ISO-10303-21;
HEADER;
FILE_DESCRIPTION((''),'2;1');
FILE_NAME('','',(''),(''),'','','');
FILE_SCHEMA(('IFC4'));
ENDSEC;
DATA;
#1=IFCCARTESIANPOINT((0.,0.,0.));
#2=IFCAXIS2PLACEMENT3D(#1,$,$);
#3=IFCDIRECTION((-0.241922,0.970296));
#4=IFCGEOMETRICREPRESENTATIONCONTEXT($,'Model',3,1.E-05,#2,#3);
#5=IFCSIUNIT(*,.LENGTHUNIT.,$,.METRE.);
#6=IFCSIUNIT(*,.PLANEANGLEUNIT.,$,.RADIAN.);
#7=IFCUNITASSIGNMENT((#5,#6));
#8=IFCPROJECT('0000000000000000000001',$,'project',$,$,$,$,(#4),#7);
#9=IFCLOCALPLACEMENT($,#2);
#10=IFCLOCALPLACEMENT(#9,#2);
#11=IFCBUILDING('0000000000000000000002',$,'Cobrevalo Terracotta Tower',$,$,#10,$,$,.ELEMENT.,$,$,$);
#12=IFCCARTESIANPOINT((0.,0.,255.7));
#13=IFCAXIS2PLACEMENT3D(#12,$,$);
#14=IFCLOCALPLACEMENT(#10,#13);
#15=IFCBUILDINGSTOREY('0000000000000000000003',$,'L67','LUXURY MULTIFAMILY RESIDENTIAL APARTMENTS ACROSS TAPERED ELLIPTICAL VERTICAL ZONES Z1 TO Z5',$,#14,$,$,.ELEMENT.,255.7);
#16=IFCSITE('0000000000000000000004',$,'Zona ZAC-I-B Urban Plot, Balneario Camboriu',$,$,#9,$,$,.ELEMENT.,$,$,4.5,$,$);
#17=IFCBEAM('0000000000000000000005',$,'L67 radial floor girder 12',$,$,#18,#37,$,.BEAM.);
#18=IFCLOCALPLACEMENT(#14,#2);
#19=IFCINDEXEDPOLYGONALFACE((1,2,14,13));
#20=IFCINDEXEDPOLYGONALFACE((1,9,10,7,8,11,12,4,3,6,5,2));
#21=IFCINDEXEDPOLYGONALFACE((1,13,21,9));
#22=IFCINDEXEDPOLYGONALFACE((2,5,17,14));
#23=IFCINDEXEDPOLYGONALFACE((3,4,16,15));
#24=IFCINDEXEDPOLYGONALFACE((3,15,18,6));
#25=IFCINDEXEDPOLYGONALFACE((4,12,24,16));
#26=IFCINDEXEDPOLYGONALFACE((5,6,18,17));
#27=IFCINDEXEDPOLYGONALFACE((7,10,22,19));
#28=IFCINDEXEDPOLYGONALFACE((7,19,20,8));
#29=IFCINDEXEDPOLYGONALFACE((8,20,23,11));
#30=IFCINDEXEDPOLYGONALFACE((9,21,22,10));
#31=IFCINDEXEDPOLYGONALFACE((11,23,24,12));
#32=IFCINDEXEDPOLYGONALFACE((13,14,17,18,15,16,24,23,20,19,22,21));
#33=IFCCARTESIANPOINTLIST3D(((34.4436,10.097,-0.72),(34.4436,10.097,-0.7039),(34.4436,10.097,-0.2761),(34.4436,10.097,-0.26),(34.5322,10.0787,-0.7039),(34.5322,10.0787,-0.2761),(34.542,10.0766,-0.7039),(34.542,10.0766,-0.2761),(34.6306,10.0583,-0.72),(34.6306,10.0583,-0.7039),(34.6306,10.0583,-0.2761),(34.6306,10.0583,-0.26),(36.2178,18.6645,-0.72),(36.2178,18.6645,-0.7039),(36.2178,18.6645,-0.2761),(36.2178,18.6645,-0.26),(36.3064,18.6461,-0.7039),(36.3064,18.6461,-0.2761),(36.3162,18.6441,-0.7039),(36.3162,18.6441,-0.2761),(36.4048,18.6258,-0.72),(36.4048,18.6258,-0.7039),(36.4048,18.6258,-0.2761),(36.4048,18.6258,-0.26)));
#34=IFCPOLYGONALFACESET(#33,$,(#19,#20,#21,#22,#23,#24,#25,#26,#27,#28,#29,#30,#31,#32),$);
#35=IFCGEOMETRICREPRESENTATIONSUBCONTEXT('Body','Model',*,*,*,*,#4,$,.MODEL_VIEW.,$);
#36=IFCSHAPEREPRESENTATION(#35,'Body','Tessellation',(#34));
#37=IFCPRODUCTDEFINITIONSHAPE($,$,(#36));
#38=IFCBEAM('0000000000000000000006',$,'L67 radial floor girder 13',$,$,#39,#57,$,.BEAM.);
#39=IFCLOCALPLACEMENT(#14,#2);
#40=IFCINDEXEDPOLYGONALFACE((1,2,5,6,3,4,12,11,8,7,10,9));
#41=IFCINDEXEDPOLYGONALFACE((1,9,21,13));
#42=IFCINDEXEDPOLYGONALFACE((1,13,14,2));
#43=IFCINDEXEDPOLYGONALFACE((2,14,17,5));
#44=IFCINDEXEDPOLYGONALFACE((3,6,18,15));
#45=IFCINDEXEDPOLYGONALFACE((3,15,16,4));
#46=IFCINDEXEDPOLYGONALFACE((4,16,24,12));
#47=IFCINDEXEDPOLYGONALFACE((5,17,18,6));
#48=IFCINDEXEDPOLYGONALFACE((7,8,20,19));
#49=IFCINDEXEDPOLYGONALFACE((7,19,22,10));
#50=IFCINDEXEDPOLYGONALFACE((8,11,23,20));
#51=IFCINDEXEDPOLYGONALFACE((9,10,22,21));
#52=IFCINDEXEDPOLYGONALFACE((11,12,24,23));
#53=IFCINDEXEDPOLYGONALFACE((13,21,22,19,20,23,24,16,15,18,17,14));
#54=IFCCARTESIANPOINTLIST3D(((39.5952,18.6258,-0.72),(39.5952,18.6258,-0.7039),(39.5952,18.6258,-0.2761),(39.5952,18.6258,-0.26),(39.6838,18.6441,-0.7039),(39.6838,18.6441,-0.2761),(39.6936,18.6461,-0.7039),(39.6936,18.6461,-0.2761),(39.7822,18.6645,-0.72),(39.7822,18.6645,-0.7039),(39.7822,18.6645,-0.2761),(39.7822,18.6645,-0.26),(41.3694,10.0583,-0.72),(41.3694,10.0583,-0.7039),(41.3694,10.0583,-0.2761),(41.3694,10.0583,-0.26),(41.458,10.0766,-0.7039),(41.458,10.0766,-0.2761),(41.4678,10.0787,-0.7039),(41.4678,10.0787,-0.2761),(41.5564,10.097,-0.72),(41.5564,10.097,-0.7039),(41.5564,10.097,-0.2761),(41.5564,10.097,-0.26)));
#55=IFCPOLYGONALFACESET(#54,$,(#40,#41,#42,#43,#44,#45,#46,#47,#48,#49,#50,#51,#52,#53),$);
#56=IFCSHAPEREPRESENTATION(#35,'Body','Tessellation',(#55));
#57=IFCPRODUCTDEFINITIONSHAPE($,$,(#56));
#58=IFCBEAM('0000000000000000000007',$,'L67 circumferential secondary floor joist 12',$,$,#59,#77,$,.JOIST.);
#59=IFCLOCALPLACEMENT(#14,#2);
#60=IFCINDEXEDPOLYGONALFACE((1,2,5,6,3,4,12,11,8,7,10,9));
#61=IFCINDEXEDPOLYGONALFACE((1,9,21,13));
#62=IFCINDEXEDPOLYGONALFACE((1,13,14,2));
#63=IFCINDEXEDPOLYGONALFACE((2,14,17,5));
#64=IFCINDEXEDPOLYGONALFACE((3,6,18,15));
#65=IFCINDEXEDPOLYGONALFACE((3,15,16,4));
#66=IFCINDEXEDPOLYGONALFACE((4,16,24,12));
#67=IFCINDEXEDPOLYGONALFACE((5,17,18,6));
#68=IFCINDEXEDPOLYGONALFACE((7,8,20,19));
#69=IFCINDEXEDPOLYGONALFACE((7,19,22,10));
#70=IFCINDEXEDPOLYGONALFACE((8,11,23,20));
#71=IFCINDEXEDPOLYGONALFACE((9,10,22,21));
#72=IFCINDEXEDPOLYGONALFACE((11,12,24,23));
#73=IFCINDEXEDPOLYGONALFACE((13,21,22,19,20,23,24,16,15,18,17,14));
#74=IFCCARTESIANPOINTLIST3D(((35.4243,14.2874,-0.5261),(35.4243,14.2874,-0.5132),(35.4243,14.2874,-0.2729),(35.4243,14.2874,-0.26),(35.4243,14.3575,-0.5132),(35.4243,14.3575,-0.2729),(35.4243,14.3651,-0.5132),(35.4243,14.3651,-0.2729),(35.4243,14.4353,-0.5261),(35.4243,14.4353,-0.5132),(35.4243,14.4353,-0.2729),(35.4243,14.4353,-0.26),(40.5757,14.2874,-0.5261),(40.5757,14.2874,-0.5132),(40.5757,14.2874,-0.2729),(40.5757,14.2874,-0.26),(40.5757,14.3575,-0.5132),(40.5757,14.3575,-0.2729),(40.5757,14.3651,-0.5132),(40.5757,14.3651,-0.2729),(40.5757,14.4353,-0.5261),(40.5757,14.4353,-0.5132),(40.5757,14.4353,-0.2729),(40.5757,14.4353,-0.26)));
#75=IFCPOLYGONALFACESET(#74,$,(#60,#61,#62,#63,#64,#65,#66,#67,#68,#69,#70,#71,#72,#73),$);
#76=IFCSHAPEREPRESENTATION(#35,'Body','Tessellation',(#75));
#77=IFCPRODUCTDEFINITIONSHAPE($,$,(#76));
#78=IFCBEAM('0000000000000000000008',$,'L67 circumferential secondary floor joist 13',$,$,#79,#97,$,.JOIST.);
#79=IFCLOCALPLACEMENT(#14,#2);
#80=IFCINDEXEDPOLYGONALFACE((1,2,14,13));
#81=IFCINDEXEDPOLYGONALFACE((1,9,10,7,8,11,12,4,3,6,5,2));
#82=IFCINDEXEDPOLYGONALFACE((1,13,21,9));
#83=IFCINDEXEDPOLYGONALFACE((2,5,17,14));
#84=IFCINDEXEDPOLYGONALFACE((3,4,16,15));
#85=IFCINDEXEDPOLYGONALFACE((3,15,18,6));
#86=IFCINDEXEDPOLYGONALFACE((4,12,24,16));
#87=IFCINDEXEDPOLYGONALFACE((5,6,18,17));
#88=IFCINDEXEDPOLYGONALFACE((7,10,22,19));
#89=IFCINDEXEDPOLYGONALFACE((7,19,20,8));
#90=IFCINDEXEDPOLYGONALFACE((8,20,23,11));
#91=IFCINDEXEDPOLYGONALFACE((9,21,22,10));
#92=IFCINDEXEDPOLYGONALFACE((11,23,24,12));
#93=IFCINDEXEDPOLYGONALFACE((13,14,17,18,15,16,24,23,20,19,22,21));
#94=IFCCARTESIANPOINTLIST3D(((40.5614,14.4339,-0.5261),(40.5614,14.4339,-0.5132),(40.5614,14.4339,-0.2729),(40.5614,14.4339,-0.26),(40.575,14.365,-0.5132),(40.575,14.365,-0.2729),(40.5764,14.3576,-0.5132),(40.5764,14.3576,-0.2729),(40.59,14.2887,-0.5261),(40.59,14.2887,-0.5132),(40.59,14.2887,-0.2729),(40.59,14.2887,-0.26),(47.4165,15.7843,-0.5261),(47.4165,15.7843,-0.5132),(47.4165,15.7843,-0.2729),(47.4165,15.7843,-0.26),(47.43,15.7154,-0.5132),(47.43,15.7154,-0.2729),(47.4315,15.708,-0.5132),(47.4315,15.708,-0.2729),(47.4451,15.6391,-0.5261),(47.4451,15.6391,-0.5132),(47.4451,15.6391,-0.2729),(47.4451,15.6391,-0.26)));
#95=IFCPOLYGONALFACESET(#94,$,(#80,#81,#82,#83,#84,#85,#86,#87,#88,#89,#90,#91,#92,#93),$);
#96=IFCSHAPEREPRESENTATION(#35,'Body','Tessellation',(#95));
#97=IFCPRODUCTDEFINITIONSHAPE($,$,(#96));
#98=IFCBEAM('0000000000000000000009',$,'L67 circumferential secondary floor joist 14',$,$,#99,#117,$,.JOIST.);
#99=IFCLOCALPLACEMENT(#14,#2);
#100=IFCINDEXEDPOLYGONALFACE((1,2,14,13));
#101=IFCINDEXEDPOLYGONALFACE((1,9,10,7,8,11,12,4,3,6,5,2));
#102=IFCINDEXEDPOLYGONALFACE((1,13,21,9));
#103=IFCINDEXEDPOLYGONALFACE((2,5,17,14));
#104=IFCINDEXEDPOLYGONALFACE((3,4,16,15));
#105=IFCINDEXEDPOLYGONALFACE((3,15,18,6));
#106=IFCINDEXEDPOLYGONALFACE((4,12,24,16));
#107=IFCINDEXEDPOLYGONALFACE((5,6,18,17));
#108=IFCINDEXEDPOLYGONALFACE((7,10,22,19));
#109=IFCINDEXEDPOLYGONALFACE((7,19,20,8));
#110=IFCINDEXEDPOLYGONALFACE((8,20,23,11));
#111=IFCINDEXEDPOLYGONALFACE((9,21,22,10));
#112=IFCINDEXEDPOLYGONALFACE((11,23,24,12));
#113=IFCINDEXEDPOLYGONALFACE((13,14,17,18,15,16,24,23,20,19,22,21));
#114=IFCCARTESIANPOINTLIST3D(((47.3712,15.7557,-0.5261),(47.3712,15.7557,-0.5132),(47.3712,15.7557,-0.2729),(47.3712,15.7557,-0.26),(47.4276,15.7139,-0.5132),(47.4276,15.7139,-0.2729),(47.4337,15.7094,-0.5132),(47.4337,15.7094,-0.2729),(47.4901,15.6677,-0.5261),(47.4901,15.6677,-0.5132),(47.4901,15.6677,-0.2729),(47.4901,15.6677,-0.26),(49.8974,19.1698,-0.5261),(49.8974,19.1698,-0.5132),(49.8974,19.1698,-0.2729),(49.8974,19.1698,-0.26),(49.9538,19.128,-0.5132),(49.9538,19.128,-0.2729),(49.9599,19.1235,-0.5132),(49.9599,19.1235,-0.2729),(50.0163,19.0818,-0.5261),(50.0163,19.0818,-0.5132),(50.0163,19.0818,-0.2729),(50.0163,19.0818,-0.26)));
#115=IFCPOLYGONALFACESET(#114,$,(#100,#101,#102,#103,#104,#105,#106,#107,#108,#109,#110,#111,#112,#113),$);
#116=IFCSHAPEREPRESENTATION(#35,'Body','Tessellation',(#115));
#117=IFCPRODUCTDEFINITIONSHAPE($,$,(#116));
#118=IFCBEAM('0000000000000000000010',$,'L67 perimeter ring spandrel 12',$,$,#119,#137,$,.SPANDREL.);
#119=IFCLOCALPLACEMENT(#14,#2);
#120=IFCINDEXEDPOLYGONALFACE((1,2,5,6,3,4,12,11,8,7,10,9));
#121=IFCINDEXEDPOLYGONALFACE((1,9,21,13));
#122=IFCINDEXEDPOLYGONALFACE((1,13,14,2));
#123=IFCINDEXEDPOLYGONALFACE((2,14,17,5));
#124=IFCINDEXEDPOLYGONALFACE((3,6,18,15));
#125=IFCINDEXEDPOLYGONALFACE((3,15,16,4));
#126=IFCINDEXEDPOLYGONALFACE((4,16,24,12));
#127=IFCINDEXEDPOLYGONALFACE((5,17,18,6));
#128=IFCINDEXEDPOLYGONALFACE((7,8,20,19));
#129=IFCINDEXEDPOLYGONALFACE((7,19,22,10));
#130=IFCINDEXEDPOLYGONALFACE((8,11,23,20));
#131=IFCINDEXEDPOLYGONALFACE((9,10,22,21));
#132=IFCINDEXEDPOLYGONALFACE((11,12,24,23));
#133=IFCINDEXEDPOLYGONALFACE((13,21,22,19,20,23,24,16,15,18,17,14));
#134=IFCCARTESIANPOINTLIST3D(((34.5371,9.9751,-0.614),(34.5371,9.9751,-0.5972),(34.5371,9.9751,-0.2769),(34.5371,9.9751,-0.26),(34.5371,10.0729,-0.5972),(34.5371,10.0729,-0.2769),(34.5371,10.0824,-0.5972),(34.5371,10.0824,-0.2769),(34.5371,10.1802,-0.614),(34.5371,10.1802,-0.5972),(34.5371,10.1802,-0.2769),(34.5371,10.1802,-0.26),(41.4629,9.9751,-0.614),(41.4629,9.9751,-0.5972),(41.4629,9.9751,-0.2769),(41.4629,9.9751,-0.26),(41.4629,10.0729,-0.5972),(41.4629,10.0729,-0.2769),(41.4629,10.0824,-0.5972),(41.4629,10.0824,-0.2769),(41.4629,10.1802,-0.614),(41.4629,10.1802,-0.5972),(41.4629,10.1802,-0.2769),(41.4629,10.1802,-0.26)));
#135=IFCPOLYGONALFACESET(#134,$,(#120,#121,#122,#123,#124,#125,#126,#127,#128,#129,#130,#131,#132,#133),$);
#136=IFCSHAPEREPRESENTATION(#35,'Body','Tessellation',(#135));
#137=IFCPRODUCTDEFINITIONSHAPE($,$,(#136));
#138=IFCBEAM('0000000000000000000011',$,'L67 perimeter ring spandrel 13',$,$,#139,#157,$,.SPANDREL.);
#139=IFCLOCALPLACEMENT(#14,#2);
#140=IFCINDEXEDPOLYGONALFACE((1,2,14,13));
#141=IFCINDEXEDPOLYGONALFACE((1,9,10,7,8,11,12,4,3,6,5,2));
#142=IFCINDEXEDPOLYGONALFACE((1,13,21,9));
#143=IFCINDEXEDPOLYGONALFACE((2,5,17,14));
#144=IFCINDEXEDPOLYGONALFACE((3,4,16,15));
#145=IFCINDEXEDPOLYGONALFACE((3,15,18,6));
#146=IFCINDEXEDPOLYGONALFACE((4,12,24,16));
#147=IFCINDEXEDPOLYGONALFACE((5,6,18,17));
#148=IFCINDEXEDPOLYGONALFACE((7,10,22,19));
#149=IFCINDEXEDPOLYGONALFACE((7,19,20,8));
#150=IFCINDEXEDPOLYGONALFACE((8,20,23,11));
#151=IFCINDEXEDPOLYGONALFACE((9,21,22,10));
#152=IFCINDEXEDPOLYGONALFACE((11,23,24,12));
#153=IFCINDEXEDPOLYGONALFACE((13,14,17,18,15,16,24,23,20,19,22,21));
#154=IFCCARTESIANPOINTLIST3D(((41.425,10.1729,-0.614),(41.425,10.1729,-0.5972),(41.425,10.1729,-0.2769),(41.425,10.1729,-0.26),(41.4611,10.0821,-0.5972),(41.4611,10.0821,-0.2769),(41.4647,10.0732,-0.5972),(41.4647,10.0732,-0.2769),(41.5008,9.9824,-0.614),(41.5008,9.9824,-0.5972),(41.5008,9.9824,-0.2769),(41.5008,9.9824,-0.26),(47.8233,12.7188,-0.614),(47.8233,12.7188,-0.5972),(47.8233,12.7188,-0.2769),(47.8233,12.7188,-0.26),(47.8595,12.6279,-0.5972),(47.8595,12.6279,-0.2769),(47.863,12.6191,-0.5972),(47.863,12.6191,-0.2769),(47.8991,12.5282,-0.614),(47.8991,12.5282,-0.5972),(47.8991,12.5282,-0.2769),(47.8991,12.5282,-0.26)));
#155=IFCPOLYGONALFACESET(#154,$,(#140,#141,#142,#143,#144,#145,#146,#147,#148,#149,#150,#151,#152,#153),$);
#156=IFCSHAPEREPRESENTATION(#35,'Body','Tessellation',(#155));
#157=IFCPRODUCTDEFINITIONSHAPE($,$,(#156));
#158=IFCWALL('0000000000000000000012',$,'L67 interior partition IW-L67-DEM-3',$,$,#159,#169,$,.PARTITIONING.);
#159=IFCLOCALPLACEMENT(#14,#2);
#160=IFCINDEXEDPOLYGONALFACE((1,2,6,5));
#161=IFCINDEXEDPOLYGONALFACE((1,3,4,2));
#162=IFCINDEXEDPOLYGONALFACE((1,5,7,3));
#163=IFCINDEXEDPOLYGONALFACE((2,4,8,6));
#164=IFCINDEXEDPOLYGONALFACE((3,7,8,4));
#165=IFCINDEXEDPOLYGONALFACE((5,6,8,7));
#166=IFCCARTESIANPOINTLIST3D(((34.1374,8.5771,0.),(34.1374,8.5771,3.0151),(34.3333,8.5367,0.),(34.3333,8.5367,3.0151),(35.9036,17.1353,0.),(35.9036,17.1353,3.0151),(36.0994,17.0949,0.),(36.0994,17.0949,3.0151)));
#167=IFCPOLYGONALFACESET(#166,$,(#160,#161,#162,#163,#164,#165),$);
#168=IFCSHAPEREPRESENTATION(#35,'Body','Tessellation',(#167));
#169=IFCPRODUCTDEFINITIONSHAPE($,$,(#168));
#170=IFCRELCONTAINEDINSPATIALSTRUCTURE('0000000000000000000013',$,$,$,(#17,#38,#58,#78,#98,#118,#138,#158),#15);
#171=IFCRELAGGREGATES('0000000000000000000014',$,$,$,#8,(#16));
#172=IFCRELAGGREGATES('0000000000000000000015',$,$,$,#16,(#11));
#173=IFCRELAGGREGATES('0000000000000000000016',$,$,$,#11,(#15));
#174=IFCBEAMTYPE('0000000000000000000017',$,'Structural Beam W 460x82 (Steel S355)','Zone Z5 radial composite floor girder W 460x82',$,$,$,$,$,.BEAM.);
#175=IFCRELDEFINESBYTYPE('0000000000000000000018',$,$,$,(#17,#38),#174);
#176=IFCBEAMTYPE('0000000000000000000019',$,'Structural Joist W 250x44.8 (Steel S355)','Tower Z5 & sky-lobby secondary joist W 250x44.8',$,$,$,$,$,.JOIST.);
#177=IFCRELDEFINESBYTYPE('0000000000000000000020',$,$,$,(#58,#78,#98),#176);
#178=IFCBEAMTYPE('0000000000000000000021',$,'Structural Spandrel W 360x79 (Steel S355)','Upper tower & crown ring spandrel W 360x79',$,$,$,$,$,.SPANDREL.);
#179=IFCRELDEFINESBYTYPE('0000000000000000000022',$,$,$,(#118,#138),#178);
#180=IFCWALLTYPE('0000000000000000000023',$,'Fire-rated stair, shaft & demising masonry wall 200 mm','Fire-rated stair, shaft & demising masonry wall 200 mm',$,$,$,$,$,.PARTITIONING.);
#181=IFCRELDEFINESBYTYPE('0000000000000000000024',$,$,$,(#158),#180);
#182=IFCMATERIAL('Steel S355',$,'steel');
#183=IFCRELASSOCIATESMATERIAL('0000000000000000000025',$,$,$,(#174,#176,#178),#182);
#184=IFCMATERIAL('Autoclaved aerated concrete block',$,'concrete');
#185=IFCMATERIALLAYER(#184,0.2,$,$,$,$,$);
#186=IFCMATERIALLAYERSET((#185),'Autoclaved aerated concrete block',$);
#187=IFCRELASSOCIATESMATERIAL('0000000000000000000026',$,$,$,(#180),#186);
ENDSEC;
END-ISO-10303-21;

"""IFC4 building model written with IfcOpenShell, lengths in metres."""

from ifc_helpers import new_model, si_unit, direction, frame, frame_2d, origin, origin_2d, place, context, subcontext, project, spatial, rectangle, i_section, extrude, material, layer, layer_set, material_profile, profile_set, type_object, element, save


model = new_model("IFC4")

# Units and contexts
model_context = context("Model", 3, precision=1e-05, world=origin(), true_north=direction((-0.241922, 0.970296)))
body_context = subcontext(model_context, "Body", "Model", "MODEL_VIEW")
ifc_project = project(units=[si_unit("LENGTHUNIT", "METRE"), si_unit("PLANEANGLEUNIT", "RADIAN")], contexts=[model_context])

# Site, building, storey
site_placement = place(None, origin())
site = spatial("IfcSite", under=ifc_project, at=site_placement, Name="Zona ZAC-I-B Urban Plot, Balneario Camboriu", CompositionType="ELEMENT", RefElevation=4.5)
building_placement = place(site_placement, origin())
building = spatial("IfcBuilding", under=site, at=building_placement, Name="Cobrevalo Terracotta Tower", CompositionType="ELEMENT")
storey_placement = place(building_placement, frame((0.0, 0.0, 255.7)))
storey = spatial("IfcBuildingStorey", under=building, at=storey_placement, Name="L67", Description="LUXURY MULTIFAMILY RESIDENTIAL APARTMENTS ACROSS TAPERED ELLIPTICAL VERTICAL ZONES Z1 TO Z5", CompositionType="ELEMENT", Elevation=255.7)

# Shared definitions
ifc_material_1 = material(Name="Steel S355", Category="steel")

# Beams
ifc_material_profile_1 = material_profile(ifc_material_1, i_section(OverallWidth=0.1909, OverallDepth=0.46, WebThickness=0.01, FlangeThickness=0.0161, at=origin_2d()), Name="W 460x82")
ifc_profile_set_1 = profile_set([ifc_material_profile_1], Name="Steel S355")
beam_type_1 = type_object("IfcBeamType", Name="Structural Beam W 460x82 (Steel S355)", Description="Zone Z5 radial composite floor girder W 460x82", PredefinedType="BEAM", material=ifc_profile_set_1)
for number, where, z_axis, x_axis, name in (
    (1, (34.5371, 10.0776, -0.49), (0.202782, 0.979224, 0.0), (-0.979224, 0.202782, 0.0), "L67 radial floor girder 12"),
    (2, (41.4629, 10.0776, -0.49), (-0.202782, 0.979224, 0.0), (-0.979224, -0.202782, 0.0), "L67 radial floor girder 13"),
):
    element("IfcBeam", number, at=place(storey_placement, frame(where, z_axis=z_axis, x_axis=x_axis)), inside=storey, type_object=beam_type_1, Name=name, PredefinedType="BEAM", context=body_context, shape_type="SweptSolid", body=[
        extrude(i_section(OverallWidth=0.1909, OverallDepth=0.46, WebThickness=0.01, FlangeThickness=0.0161, at=origin_2d()), origin(), (0.0, 0.0, 1.0), 8.7493),
    ])
ifc_material_profile_2 = material_profile(ifc_material_1, i_section(OverallWidth=0.1479, OverallDepth=0.2661, WebThickness=0.0076, FlangeThickness=0.0129, at=origin_2d()), Name="W 250x44.8")
ifc_profile_set_2 = profile_set([ifc_material_profile_2], Name="Steel S355")
beam_type_2 = type_object("IfcBeamType", Name="Structural Joist W 250x44.8 (Steel S355)", Description="Tower Z5 & sky-lobby secondary joist W 250x44.8", PredefinedType="JOIST", material=ifc_profile_set_2)
beam_1_placement = place(storey_placement, frame((35.4243, 14.3613, -0.3931), z_axis=(1.0, 0.0, 0.0), x_axis=(0.0, 1.0, 0.0)))
element("IfcBeam", 3, at=beam_1_placement, inside=storey, type_object=beam_type_2, Name="L67 circumferential secondary floor joist 12", PredefinedType="JOIST", context=body_context, shape_type="SweptSolid", body=[
    extrude(i_section(OverallWidth=0.1479, OverallDepth=0.2661, WebThickness=0.0076, FlangeThickness=0.0129, at=origin_2d()), origin(), (0.0, 0.0, 1.0), 5.1514),
])
beam_2_placement = place(storey_placement, frame((40.5757, 14.3613, -0.3931), z_axis=(0.981145, 0.193273, 0.0), x_axis=(-0.193273, 0.981145, 0.0)))
element("IfcBeam", 4, at=beam_2_placement, inside=storey, type_object=beam_type_2, Name="L67 circumferential secondary floor joist 13", PredefinedType="JOIST", context=body_context, shape_type="SweptSolid", body=[
    extrude(i_section(OverallWidth=0.1479, OverallDepth=0.2661, WebThickness=0.0076, FlangeThickness=0.0129, at=origin_2d()), origin(), (0.0, 0.0, 1.0), 6.9868),
])
beam_3_placement = place(storey_placement, frame((47.4307, 15.7117, -0.3931), z_axis=(0.5948, 0.803874, 0.0), x_axis=(-0.803874, 0.5948, 0.0)))
element("IfcBeam", 5, at=beam_3_placement, inside=storey, type_object=beam_type_2, Name="L67 circumferential secondary floor joist 14", PredefinedType="JOIST", context=body_context, shape_type="SweptSolid", body=[
    extrude(i_section(OverallWidth=0.1479, OverallDepth=0.2661, WebThickness=0.0076, FlangeThickness=0.0129, at=origin_2d()), origin(), (0.0, 0.0, 1.0), 4.2471),
])
ifc_material_profile_3 = material_profile(ifc_material_1, i_section(OverallWidth=0.2051, OverallDepth=0.354, WebThickness=0.0095, FlangeThickness=0.0168, at=origin_2d()), Name="W 360x79")
ifc_profile_set_3 = profile_set([ifc_material_profile_3], Name="Steel S355")
beam_type_3 = type_object("IfcBeamType", Name="Structural Spandrel W 360x79 (Steel S355)", Description="Upper tower & crown ring spandrel W 360x79", PredefinedType="SPANDREL", material=ifc_profile_set_3)
beam_4_placement = place(storey_placement, frame((34.5371, 10.0776, -0.437), z_axis=(1.0, 0.0, 0.0), x_axis=(0.0, 1.0, 0.0)))
element("IfcBeam", 6, at=beam_4_placement, inside=storey, type_object=beam_type_3, Name="L67 perimeter ring spandrel 12", PredefinedType="SPANDREL", context=body_context, shape_type="SweptSolid", body=[
    extrude(i_section(OverallWidth=0.2051, OverallDepth=0.354, WebThickness=0.0095, FlangeThickness=0.0168, at=origin_2d()), origin(), (0.0, 0.0, 1.0), 6.9258),
])
beam_5_placement = place(storey_placement, frame((41.4629, 10.0776, -0.437), z_axis=(0.92915, 0.369703, 0.0), x_axis=(-0.369703, 0.92915, 0.0)))
element("IfcBeam", 7, at=beam_5_placement, inside=storey, type_object=beam_type_3, Name="L67 perimeter ring spandrel 13", PredefinedType="SPANDREL", context=body_context, shape_type="SweptSolid", body=[
    extrude(i_section(OverallWidth=0.2051, OverallDepth=0.354, WebThickness=0.0095, FlangeThickness=0.0168, at=origin_2d()), origin(), (0.0, 0.0, 1.0), 6.8862),
])

# Wall
ifc_material_2 = material(Name="Autoclaved aerated concrete block", Category="concrete")
ifc_layer_1 = layer(ifc_material_2, 0.2)
ifc_layer_set_1 = layer_set([ifc_layer_1], Name="Autoclaved aerated concrete block")
wall_type_1 = type_object("IfcWallType", Name="Fire-rated stair, shaft & demising masonry wall 200 mm", Description="Fire-rated stair, shaft & demising masonry wall 200 mm", PredefinedType="PARTITIONING", material=ifc_layer_set_1)
wall_1_placement = place(storey_placement, frame((36.0015, 17.115, 0.0), z_axis=(0.0, 0.0, 1.0), x_axis=(-0.202109, -0.979363, 0.0)))
element("IfcWall", 8, at=wall_1_placement, inside=storey, type_object=wall_type_1, Name="L67 interior partition IW-L67-DEM-3", PredefinedType="PARTITIONING", context=body_context, shape_type="SweptSolid", body=[
    extrude(rectangle(XDim=8.7385, YDim=0.2, at=frame_2d((4.3691, 0.0))), origin(), (0.0, 0.0, 1.0), 3.0151),
])

save(model, "model.ifc")
